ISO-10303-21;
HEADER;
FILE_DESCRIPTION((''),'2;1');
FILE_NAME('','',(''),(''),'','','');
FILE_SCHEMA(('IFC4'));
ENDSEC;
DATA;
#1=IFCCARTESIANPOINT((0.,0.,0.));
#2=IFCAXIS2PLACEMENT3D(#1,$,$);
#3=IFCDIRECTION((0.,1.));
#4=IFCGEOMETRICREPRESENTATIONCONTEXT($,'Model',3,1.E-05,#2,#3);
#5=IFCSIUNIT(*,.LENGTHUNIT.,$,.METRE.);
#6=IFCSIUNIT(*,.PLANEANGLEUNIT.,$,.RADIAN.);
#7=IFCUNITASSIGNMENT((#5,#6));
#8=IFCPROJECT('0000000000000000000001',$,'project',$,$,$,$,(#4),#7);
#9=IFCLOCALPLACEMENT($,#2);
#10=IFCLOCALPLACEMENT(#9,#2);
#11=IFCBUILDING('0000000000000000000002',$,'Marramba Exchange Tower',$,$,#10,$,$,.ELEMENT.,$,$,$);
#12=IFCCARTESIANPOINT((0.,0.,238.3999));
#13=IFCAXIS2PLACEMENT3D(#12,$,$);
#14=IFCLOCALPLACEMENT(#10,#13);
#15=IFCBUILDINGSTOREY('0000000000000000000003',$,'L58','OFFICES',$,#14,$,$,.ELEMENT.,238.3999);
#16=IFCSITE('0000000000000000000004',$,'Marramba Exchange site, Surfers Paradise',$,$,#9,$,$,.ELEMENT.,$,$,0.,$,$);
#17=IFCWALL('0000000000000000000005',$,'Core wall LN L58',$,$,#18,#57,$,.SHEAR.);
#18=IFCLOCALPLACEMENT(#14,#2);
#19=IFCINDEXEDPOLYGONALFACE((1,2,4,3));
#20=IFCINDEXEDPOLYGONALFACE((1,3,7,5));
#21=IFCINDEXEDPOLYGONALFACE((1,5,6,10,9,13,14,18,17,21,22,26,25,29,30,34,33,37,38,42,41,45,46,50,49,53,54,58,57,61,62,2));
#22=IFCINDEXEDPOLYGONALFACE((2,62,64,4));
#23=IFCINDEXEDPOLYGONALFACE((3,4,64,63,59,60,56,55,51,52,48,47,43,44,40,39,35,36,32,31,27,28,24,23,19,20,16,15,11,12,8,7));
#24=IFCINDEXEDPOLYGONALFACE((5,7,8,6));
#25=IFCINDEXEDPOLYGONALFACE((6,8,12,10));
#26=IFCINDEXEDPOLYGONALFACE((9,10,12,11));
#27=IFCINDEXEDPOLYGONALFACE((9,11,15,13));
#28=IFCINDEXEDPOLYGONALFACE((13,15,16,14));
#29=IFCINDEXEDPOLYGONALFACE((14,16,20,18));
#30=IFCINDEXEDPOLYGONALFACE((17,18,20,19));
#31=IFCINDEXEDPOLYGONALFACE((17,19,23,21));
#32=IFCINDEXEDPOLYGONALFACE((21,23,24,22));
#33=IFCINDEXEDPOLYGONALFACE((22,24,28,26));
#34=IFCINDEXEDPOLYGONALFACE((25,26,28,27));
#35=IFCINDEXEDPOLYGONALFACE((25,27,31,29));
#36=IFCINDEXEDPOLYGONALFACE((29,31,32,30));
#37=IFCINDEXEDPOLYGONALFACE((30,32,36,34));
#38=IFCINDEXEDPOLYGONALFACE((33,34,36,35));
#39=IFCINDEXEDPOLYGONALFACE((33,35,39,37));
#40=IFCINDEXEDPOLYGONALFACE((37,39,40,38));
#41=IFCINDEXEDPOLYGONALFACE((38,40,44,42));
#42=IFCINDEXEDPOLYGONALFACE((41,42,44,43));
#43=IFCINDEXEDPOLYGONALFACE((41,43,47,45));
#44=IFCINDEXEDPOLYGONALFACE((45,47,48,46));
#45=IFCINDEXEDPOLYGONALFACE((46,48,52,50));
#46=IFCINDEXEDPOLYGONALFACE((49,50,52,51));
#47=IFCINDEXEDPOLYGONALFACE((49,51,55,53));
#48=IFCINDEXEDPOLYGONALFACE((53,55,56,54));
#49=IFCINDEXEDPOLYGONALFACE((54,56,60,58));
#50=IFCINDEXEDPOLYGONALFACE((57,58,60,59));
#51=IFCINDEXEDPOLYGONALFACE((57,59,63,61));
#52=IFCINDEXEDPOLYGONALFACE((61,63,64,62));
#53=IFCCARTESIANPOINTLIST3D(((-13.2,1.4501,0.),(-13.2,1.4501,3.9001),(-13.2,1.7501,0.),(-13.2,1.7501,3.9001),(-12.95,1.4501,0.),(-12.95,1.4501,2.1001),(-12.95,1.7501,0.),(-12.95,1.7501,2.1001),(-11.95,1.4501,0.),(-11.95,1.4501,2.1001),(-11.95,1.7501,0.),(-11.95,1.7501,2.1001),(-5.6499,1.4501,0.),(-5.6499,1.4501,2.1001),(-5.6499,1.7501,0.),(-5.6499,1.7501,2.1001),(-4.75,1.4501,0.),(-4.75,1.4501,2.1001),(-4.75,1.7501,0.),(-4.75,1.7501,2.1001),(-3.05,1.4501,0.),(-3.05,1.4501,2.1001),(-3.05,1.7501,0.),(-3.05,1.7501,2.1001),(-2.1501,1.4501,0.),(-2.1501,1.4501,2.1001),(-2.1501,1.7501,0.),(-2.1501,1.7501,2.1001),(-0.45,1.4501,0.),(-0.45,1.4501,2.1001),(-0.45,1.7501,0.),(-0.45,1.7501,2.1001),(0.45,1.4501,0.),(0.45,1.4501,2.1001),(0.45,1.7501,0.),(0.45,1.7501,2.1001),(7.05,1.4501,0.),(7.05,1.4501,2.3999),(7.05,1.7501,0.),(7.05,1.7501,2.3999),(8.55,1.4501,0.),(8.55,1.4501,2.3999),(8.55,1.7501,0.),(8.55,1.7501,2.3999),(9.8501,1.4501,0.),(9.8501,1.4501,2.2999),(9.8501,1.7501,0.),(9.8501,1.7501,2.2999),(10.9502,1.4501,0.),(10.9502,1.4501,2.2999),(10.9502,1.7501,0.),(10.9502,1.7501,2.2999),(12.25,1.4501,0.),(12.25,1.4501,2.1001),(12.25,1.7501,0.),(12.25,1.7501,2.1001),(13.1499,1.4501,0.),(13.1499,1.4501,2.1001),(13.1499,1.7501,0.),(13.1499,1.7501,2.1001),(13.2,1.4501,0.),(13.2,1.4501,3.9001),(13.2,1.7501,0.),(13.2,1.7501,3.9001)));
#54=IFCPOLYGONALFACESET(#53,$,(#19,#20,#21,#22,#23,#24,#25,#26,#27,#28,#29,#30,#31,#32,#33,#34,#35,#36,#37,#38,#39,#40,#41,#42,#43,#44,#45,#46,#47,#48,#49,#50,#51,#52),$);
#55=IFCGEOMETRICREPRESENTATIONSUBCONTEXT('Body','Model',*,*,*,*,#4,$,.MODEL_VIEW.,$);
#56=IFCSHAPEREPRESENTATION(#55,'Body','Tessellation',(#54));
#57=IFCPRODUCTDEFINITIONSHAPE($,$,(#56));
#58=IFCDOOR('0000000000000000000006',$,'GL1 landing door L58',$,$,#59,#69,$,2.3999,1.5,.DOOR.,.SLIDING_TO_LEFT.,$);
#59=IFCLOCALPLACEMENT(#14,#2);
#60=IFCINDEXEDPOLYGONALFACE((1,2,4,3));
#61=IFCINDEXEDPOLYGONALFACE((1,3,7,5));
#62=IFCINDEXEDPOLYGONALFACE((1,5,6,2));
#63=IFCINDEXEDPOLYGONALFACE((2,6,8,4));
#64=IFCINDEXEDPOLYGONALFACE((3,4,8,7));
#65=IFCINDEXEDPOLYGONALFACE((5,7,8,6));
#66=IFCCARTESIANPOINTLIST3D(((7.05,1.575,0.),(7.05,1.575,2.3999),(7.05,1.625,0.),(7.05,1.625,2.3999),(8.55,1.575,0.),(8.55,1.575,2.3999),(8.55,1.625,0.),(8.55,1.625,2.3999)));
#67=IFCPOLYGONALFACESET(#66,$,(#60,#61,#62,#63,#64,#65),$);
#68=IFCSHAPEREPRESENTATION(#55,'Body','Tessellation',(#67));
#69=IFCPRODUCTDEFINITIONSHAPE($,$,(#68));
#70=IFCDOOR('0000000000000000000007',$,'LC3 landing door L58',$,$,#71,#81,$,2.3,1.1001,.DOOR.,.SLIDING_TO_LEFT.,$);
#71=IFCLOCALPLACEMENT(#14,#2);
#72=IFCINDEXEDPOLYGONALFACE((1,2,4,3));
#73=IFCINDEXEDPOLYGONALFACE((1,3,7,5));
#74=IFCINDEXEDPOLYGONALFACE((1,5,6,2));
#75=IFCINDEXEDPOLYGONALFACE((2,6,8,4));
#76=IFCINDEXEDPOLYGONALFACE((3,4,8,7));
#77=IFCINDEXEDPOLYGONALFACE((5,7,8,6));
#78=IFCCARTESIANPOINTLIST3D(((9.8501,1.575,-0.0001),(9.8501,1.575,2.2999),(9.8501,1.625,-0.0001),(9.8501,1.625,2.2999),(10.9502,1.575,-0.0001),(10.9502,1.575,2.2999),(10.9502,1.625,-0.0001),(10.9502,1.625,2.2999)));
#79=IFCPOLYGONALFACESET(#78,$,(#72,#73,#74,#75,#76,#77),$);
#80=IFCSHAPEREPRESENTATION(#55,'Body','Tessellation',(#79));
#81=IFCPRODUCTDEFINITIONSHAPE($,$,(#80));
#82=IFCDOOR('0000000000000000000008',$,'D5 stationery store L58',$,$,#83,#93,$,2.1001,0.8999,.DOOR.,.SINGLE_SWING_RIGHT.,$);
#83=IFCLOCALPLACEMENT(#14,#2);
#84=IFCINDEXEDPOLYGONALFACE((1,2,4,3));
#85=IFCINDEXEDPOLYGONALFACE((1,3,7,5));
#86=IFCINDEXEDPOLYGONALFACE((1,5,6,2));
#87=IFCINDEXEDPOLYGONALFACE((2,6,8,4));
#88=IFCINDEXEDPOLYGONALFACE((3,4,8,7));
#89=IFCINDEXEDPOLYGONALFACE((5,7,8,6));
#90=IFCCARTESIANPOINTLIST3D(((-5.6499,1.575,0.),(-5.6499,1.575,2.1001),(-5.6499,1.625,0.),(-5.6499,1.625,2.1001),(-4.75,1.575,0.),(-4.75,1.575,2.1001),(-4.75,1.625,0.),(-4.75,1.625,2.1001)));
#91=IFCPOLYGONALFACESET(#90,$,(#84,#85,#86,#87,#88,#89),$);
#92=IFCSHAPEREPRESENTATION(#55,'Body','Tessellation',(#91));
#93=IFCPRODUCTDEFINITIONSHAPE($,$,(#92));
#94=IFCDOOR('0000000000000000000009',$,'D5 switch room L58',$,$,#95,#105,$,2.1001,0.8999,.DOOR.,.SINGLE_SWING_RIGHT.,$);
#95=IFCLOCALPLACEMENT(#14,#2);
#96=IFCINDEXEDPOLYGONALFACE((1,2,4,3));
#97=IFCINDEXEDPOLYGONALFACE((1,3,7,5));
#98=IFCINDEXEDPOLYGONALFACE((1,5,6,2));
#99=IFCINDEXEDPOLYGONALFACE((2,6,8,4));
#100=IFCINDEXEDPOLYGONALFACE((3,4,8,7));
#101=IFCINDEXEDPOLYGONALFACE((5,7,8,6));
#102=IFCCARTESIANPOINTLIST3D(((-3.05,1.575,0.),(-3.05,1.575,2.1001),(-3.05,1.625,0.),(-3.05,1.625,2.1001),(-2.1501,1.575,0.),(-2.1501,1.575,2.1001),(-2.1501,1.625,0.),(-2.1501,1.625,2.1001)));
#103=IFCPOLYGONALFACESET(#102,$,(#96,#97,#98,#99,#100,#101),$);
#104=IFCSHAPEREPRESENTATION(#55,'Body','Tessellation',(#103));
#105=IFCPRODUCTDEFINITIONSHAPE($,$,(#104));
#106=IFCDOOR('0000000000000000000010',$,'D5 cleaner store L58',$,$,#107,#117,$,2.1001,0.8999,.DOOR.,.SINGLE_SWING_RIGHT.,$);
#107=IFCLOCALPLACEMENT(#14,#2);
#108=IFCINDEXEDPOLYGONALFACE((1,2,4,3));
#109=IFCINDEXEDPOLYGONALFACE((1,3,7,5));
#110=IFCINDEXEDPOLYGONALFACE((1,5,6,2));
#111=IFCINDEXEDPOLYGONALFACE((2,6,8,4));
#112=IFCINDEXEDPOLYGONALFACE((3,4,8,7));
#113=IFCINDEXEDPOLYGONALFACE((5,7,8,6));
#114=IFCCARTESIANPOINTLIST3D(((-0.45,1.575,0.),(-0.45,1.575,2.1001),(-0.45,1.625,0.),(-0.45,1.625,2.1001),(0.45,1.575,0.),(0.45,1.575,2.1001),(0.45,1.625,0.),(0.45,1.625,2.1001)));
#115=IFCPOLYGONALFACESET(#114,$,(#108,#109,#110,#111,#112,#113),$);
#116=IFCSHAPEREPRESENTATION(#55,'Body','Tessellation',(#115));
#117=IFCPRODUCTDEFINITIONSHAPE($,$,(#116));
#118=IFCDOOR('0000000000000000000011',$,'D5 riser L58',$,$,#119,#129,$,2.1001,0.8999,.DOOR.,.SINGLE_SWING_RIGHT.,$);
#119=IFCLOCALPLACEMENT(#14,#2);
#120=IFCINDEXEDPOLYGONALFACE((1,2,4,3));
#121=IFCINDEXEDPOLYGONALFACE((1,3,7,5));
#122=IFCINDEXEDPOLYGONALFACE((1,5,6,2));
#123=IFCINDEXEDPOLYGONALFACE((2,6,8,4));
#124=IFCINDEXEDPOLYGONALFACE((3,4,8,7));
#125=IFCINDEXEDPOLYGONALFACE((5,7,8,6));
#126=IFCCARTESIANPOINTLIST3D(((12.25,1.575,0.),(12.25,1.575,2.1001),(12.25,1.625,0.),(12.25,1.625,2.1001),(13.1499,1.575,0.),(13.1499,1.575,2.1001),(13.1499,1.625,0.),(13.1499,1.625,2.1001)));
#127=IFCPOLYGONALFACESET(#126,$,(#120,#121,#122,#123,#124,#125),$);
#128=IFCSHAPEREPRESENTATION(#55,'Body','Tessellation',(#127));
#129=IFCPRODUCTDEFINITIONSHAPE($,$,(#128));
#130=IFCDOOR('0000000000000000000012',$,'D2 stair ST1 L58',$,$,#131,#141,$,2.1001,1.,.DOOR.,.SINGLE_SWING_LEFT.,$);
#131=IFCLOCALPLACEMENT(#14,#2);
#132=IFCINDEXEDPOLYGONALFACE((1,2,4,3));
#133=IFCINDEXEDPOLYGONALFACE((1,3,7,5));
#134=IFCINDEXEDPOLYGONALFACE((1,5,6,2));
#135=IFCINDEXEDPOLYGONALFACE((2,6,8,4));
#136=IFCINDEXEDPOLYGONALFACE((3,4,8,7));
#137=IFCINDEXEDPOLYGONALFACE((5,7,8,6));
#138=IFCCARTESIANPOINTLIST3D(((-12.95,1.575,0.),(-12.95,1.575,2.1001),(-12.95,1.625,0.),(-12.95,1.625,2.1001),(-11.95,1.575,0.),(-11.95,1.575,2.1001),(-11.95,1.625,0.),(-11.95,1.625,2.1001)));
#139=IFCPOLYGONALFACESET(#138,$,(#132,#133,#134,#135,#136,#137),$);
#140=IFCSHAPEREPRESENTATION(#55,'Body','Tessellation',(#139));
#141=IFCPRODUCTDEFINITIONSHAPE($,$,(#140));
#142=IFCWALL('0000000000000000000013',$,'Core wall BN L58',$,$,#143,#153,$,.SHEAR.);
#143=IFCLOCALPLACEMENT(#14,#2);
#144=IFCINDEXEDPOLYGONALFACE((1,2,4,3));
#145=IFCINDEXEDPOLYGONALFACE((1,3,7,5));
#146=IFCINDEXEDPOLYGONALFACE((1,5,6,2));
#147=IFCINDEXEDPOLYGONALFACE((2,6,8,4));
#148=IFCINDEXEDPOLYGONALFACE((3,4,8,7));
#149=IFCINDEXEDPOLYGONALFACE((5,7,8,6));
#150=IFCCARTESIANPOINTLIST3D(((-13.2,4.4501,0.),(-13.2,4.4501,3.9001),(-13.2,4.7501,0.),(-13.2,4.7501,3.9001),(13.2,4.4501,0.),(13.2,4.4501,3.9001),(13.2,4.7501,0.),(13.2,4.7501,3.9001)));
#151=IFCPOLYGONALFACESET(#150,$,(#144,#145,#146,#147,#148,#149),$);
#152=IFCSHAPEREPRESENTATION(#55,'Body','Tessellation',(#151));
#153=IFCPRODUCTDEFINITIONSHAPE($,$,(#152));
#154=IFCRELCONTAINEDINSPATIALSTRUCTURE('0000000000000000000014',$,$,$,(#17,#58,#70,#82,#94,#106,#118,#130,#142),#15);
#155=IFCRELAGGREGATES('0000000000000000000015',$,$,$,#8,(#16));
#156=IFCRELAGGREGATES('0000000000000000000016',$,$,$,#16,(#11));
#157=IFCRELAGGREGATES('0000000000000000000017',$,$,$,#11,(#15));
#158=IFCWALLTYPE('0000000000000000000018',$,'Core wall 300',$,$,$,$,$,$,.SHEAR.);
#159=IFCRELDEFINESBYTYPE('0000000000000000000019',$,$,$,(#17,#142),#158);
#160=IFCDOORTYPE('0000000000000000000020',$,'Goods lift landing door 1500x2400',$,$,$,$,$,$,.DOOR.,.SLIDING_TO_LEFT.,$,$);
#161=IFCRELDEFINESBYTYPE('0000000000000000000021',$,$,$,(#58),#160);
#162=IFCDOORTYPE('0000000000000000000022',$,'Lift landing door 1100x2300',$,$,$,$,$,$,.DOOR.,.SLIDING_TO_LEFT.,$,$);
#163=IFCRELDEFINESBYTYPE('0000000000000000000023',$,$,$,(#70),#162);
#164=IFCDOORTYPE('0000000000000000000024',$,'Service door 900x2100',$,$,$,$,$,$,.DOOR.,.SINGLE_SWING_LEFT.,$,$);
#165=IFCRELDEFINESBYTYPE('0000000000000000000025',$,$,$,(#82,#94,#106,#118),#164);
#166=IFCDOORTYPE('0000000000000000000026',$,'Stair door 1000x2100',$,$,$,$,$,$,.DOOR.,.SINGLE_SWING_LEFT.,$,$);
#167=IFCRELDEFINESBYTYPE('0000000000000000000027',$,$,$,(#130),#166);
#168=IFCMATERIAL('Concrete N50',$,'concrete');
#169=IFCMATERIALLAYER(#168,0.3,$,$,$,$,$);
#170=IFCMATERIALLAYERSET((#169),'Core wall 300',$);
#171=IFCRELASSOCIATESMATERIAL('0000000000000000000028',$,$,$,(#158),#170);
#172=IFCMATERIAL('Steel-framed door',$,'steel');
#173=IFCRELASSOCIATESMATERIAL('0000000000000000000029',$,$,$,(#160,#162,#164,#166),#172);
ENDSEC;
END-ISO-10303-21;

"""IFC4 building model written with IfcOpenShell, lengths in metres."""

from ifc_helpers import new_model, si_unit, direction, frame, frame_2d, origin, place, context, subcontext, project, spatial, rectangle, extrude, material, layer, layer_set, type_object, element, fill, save


model = new_model("IFC4")

# Units and contexts
model_context = context("Model", 3, precision=1e-05, world=origin(), true_north=direction((0.0, 1.0)))
body_context = subcontext(model_context, "Body", "Model", "MODEL_VIEW")
ifc_project = project(units=[si_unit("LENGTHUNIT", "METRE"), si_unit("PLANEANGLEUNIT", "RADIAN")], contexts=[model_context])

# Site, building, storey
site_placement = place(None, origin())
site = spatial("IfcSite", under=ifc_project, at=site_placement, Name="Marramba Exchange site, Surfers Paradise", CompositionType="ELEMENT", RefElevation=0.0)
building_placement = place(site_placement, origin())
building = spatial("IfcBuilding", under=site, at=building_placement, Name="Marramba Exchange Tower", CompositionType="ELEMENT")
storey_placement = place(building_placement, frame((0.0, 0.0, 238.3999)))
storey = spatial("IfcBuildingStorey", under=building, at=storey_placement, Name="L58", Description="OFFICES", CompositionType="ELEMENT", Elevation=238.3999)

# Shared definitions
ifc_material_1 = material(Name="Concrete N50", Category="concrete")

# Shared definitions
ifc_material_2 = material(Name="Steel-framed door", Category="steel")

# Wall, openings, doors
ifc_layer_1 = layer(ifc_material_1, 0.3)
ifc_layer_set_1 = layer_set([ifc_layer_1], Name="Core wall 300")
wall_type_1 = type_object("IfcWallType", Name="Core wall 300", PredefinedType="SHEAR", material=ifc_layer_set_1)
wall_1_placement = place(storey_placement, frame((-13.2, 1.6001, 0.0), z_axis=(0.0, 0.0, 1.0), x_axis=(1.0, 0.0, 0.0)))
wall_1 = element("IfcWall", 1, at=wall_1_placement, inside=storey, type_object=wall_type_1, Name="Core wall LN L58", PredefinedType="SHEAR", context=body_context, shape_type="SweptSolid", body=[
    extrude(rectangle(XDim=26.3999, YDim=0.3, at=frame_2d((13.2, 0.0))), origin(), (0.0, 0.0, 1.0), 3.9001),
])
opening_1_placement = place(wall_1_placement, frame((0.25, 0.0, 0.0)))
opening_1 = element("IfcOpeningElement", 2, at=opening_1_placement, cuts=wall_1, PredefinedType="OPENING", context=body_context, shape_type="SweptSolid", body=[
    extrude(rectangle(XDim=1.0, YDim=2.1001, at=frame_2d((0.5, 1.05))), frame((0.0, 0.1599, 0.0), z_axis=(0.0, -1.0, 0.0), x_axis=(1.0, 0.0, 0.0)), (0.0, 0.0, 1.0), 0.3201),
])
opening_2_placement = place(wall_1_placement, frame((23.05, 0.0, 0.0)))
opening_2 = element("IfcOpeningElement", 3, at=opening_2_placement, cuts=wall_1, PredefinedType="OPENING", context=body_context, shape_type="SweptSolid", body=[
    extrude(rectangle(XDim=1.1001, YDim=2.3, at=frame_2d((0.55, 1.1499))), frame((0.0, 0.1599, 0.0), z_axis=(0.0, -1.0, 0.0), x_axis=(1.0, 0.0, 0.0)), (0.0, 0.0, 1.0), 0.3201),
])
opening_3_placement = place(wall_1_placement, frame((20.25, 0.0, 0.0)))
opening_3 = element("IfcOpeningElement", 4, at=opening_3_placement, cuts=wall_1, PredefinedType="OPENING", context=body_context, shape_type="SweptSolid", body=[
    extrude(rectangle(XDim=1.5, YDim=2.3999, at=frame_2d((0.75, 1.2))), frame((0.0, 0.1599, 0.0), z_axis=(0.0, -1.0, 0.0), x_axis=(1.0, 0.0, 0.0)), (0.0, 0.0, 1.0), 0.3201),
])
opening_4_placement = place(wall_1_placement, frame((7.55, 0.0, 0.0)))
opening_4 = element("IfcOpeningElement", 5, at=opening_4_placement, cuts=wall_1, PredefinedType="OPENING", context=body_context, shape_type="SweptSolid", body=[
    extrude(rectangle(XDim=0.8999, YDim=2.1001, at=frame_2d((0.45, 1.05))), frame((0.0, 0.1599, 0.0), z_axis=(0.0, -1.0, 0.0), x_axis=(1.0, 0.0, 0.0)), (0.0, 0.0, 1.0), 0.3201),
])
opening_5_placement = place(wall_1_placement, frame((10.1499, 0.0, 0.0)))
opening_5 = element("IfcOpeningElement", 6, at=opening_5_placement, cuts=wall_1, PredefinedType="OPENING", context=body_context, shape_type="SweptSolid", body=[
    extrude(rectangle(XDim=0.8999, YDim=2.1001, at=frame_2d((0.45, 1.05))), frame((0.0, 0.1599, 0.0), z_axis=(0.0, -1.0, 0.0), x_axis=(1.0, 0.0, 0.0)), (0.0, 0.0, 1.0), 0.3201),
])
opening_6_placement = place(wall_1_placement, frame((12.75, 0.0, 0.0)))
opening_6 = element("IfcOpeningElement", 7, at=opening_6_placement, cuts=wall_1, PredefinedType="OPENING", context=body_context, shape_type="SweptSolid", body=[
    extrude(rectangle(XDim=0.8999, YDim=2.1001, at=frame_2d((0.45, 1.05))), frame((0.0, 0.1599, 0.0), z_axis=(0.0, -1.0, 0.0), x_axis=(1.0, 0.0, 0.0)), (0.0, 0.0, 1.0), 0.3201),
])
opening_7_placement = place(wall_1_placement, frame((25.45, 0.0, 0.0)))
opening_7 = element("IfcOpeningElement", 8, at=opening_7_placement, cuts=wall_1, PredefinedType="OPENING", context=body_context, shape_type="SweptSolid", body=[
    extrude(rectangle(XDim=0.8999, YDim=2.1001, at=frame_2d((0.45, 1.05))), frame((0.0, 0.1599, 0.0), z_axis=(0.0, -1.0, 0.0), x_axis=(1.0, 0.0, 0.0)), (0.0, 0.0, 1.0), 0.3201),
])
door_type_1 = type_object("IfcDoorType", Name="Goods lift landing door 1500x2400", OperationType="SLIDING_TO_LEFT", PredefinedType="DOOR", material=ifc_material_2)
door_1_placement = place(opening_3_placement, origin())
door_1 = element("IfcDoor", 9, at=door_1_placement, inside=storey, type_object=door_type_1, Name="GL1 landing door L58", OperationType="SLIDING_TO_LEFT", OverallHeight=2.3999, OverallWidth=1.5, PredefinedType="DOOR", context=body_context, shape_type="SweptSolid", body=[
    extrude(rectangle(XDim=1.5, YDim=2.3999, at=frame_2d((0.75, 1.2))), frame((0.0, 0.0249, 0.0), z_axis=(0.0, -1.0, 0.0), x_axis=(1.0, 0.0, 0.0)), (0.0, 0.0, 1.0), 0.05),
])
fill(opening_3, door_1)
door_type_2 = type_object("IfcDoorType", Name="Lift landing door 1100x2300", OperationType="SLIDING_TO_LEFT", PredefinedType="DOOR", material=ifc_material_2)
door_2_placement = place(opening_2_placement, origin())
door_2 = element("IfcDoor", 10, at=door_2_placement, inside=storey, type_object=door_type_2, Name="LC3 landing door L58", OperationType="SLIDING_TO_LEFT", OverallHeight=2.3, OverallWidth=1.1001, PredefinedType="DOOR", context=body_context, shape_type="SweptSolid", body=[
    extrude(rectangle(XDim=1.1001, YDim=2.3, at=frame_2d((0.55, 1.1499))), frame((0.0, 0.0249, 0.0), z_axis=(0.0, -1.0, 0.0), x_axis=(1.0, 0.0, 0.0)), (0.0, 0.0, 1.0), 0.05),
])
fill(opening_2, door_2)
door_type_3 = type_object("IfcDoorType", Name="Service door 900x2100", OperationType="SINGLE_SWING_LEFT", PredefinedType="DOOR", material=ifc_material_2)
door_3_placement = place(opening_4_placement, origin())
door_3 = element("IfcDoor", 11, at=door_3_placement, inside=storey, type_object=door_type_3, Name="D5 stationery store L58", OperationType="SINGLE_SWING_RIGHT", OverallHeight=2.1001, OverallWidth=0.8999, PredefinedType="DOOR", context=body_context, shape_type="SweptSolid", body=[
    extrude(rectangle(XDim=0.8999, YDim=2.1001, at=frame_2d((0.45, 1.05))), frame((0.0, 0.0249, 0.0), z_axis=(0.0, -1.0, 0.0), x_axis=(1.0, 0.0, 0.0)), (0.0, 0.0, 1.0), 0.05),
])
fill(opening_4, door_3)
door_4_placement = place(opening_5_placement, origin())
door_4 = element("IfcDoor", 12, at=door_4_placement, inside=storey, type_object=door_type_3, Name="D5 switch room L58", OperationType="SINGLE_SWING_RIGHT", OverallHeight=2.1001, OverallWidth=0.8999, PredefinedType="DOOR", context=body_context, shape_type="SweptSolid", body=[
    extrude(rectangle(XDim=0.8999, YDim=2.1001, at=frame_2d((0.45, 1.05))), frame((0.0, 0.0249, 0.0), z_axis=(0.0, -1.0, 0.0), x_axis=(1.0, 0.0, 0.0)), (0.0, 0.0, 1.0), 0.05),
])
fill(opening_5, door_4)
door_5_placement = place(opening_6_placement, origin())
door_5 = element("IfcDoor", 13, at=door_5_placement, inside=storey, type_object=door_type_3, Name="D5 cleaner store L58", OperationType="SINGLE_SWING_RIGHT", OverallHeight=2.1001, OverallWidth=0.8999, PredefinedType="DOOR", context=body_context, shape_type="SweptSolid", body=[
    extrude(rectangle(XDim=0.8999, YDim=2.1001, at=frame_2d((0.45, 1.05))), frame((0.0, 0.0249, 0.0), z_axis=(0.0, -1.0, 0.0), x_axis=(1.0, 0.0, 0.0)), (0.0, 0.0, 1.0), 0.05),
])
fill(opening_6, door_5)
door_6_placement = place(opening_7_placement, origin())
door_6 = element("IfcDoor", 14, at=door_6_placement, inside=storey, type_object=door_type_3, Name="D5 riser L58", OperationType="SINGLE_SWING_RIGHT", OverallHeight=2.1001, OverallWidth=0.8999, PredefinedType="DOOR", context=body_context, shape_type="SweptSolid", body=[
    extrude(rectangle(XDim=0.8999, YDim=2.1001, at=frame_2d((0.45, 1.05))), frame((0.0, 0.0249, 0.0), z_axis=(0.0, -1.0, 0.0), x_axis=(1.0, 0.0, 0.0)), (0.0, 0.0, 1.0), 0.05),
])
fill(opening_7, door_6)
door_type_4 = type_object("IfcDoorType", Name="Stair door 1000x2100", OperationType="SINGLE_SWING_LEFT", PredefinedType="DOOR", material=ifc_material_2)
door_7_placement = place(opening_1_placement, origin())
door_7 = element("IfcDoor", 15, at=door_7_placement, inside=storey, type_object=door_type_4, Name="D2 stair ST1 L58", OperationType="SINGLE_SWING_LEFT", OverallHeight=2.1001, OverallWidth=1.0, PredefinedType="DOOR", context=body_context, shape_type="SweptSolid", body=[
    extrude(rectangle(XDim=1.0, YDim=2.1001, at=frame_2d((0.5, 1.05))), frame((0.0, 0.0249, 0.0), z_axis=(0.0, -1.0, 0.0), x_axis=(1.0, 0.0, 0.0)), (0.0, 0.0, 1.0), 0.05),
])
fill(opening_1, door_7)

# Wall
wall_2_placement = place(storey_placement, frame((-13.2, 4.6001, 0.0), z_axis=(0.0, 0.0, 1.0), x_axis=(1.0, 0.0, 0.0)))
element("IfcWall", 16, at=wall_2_placement, inside=storey, type_object=wall_type_1, Name="Core wall BN L58", PredefinedType="SHEAR", context=body_context, shape_type="SweptSolid", body=[
    extrude(rectangle(XDim=26.3999, YDim=0.3, at=frame_2d((13.2, 0.0))), origin(), (0.0, 0.0, 1.0), 3.9001),
])

save(model, "model.ifc")
